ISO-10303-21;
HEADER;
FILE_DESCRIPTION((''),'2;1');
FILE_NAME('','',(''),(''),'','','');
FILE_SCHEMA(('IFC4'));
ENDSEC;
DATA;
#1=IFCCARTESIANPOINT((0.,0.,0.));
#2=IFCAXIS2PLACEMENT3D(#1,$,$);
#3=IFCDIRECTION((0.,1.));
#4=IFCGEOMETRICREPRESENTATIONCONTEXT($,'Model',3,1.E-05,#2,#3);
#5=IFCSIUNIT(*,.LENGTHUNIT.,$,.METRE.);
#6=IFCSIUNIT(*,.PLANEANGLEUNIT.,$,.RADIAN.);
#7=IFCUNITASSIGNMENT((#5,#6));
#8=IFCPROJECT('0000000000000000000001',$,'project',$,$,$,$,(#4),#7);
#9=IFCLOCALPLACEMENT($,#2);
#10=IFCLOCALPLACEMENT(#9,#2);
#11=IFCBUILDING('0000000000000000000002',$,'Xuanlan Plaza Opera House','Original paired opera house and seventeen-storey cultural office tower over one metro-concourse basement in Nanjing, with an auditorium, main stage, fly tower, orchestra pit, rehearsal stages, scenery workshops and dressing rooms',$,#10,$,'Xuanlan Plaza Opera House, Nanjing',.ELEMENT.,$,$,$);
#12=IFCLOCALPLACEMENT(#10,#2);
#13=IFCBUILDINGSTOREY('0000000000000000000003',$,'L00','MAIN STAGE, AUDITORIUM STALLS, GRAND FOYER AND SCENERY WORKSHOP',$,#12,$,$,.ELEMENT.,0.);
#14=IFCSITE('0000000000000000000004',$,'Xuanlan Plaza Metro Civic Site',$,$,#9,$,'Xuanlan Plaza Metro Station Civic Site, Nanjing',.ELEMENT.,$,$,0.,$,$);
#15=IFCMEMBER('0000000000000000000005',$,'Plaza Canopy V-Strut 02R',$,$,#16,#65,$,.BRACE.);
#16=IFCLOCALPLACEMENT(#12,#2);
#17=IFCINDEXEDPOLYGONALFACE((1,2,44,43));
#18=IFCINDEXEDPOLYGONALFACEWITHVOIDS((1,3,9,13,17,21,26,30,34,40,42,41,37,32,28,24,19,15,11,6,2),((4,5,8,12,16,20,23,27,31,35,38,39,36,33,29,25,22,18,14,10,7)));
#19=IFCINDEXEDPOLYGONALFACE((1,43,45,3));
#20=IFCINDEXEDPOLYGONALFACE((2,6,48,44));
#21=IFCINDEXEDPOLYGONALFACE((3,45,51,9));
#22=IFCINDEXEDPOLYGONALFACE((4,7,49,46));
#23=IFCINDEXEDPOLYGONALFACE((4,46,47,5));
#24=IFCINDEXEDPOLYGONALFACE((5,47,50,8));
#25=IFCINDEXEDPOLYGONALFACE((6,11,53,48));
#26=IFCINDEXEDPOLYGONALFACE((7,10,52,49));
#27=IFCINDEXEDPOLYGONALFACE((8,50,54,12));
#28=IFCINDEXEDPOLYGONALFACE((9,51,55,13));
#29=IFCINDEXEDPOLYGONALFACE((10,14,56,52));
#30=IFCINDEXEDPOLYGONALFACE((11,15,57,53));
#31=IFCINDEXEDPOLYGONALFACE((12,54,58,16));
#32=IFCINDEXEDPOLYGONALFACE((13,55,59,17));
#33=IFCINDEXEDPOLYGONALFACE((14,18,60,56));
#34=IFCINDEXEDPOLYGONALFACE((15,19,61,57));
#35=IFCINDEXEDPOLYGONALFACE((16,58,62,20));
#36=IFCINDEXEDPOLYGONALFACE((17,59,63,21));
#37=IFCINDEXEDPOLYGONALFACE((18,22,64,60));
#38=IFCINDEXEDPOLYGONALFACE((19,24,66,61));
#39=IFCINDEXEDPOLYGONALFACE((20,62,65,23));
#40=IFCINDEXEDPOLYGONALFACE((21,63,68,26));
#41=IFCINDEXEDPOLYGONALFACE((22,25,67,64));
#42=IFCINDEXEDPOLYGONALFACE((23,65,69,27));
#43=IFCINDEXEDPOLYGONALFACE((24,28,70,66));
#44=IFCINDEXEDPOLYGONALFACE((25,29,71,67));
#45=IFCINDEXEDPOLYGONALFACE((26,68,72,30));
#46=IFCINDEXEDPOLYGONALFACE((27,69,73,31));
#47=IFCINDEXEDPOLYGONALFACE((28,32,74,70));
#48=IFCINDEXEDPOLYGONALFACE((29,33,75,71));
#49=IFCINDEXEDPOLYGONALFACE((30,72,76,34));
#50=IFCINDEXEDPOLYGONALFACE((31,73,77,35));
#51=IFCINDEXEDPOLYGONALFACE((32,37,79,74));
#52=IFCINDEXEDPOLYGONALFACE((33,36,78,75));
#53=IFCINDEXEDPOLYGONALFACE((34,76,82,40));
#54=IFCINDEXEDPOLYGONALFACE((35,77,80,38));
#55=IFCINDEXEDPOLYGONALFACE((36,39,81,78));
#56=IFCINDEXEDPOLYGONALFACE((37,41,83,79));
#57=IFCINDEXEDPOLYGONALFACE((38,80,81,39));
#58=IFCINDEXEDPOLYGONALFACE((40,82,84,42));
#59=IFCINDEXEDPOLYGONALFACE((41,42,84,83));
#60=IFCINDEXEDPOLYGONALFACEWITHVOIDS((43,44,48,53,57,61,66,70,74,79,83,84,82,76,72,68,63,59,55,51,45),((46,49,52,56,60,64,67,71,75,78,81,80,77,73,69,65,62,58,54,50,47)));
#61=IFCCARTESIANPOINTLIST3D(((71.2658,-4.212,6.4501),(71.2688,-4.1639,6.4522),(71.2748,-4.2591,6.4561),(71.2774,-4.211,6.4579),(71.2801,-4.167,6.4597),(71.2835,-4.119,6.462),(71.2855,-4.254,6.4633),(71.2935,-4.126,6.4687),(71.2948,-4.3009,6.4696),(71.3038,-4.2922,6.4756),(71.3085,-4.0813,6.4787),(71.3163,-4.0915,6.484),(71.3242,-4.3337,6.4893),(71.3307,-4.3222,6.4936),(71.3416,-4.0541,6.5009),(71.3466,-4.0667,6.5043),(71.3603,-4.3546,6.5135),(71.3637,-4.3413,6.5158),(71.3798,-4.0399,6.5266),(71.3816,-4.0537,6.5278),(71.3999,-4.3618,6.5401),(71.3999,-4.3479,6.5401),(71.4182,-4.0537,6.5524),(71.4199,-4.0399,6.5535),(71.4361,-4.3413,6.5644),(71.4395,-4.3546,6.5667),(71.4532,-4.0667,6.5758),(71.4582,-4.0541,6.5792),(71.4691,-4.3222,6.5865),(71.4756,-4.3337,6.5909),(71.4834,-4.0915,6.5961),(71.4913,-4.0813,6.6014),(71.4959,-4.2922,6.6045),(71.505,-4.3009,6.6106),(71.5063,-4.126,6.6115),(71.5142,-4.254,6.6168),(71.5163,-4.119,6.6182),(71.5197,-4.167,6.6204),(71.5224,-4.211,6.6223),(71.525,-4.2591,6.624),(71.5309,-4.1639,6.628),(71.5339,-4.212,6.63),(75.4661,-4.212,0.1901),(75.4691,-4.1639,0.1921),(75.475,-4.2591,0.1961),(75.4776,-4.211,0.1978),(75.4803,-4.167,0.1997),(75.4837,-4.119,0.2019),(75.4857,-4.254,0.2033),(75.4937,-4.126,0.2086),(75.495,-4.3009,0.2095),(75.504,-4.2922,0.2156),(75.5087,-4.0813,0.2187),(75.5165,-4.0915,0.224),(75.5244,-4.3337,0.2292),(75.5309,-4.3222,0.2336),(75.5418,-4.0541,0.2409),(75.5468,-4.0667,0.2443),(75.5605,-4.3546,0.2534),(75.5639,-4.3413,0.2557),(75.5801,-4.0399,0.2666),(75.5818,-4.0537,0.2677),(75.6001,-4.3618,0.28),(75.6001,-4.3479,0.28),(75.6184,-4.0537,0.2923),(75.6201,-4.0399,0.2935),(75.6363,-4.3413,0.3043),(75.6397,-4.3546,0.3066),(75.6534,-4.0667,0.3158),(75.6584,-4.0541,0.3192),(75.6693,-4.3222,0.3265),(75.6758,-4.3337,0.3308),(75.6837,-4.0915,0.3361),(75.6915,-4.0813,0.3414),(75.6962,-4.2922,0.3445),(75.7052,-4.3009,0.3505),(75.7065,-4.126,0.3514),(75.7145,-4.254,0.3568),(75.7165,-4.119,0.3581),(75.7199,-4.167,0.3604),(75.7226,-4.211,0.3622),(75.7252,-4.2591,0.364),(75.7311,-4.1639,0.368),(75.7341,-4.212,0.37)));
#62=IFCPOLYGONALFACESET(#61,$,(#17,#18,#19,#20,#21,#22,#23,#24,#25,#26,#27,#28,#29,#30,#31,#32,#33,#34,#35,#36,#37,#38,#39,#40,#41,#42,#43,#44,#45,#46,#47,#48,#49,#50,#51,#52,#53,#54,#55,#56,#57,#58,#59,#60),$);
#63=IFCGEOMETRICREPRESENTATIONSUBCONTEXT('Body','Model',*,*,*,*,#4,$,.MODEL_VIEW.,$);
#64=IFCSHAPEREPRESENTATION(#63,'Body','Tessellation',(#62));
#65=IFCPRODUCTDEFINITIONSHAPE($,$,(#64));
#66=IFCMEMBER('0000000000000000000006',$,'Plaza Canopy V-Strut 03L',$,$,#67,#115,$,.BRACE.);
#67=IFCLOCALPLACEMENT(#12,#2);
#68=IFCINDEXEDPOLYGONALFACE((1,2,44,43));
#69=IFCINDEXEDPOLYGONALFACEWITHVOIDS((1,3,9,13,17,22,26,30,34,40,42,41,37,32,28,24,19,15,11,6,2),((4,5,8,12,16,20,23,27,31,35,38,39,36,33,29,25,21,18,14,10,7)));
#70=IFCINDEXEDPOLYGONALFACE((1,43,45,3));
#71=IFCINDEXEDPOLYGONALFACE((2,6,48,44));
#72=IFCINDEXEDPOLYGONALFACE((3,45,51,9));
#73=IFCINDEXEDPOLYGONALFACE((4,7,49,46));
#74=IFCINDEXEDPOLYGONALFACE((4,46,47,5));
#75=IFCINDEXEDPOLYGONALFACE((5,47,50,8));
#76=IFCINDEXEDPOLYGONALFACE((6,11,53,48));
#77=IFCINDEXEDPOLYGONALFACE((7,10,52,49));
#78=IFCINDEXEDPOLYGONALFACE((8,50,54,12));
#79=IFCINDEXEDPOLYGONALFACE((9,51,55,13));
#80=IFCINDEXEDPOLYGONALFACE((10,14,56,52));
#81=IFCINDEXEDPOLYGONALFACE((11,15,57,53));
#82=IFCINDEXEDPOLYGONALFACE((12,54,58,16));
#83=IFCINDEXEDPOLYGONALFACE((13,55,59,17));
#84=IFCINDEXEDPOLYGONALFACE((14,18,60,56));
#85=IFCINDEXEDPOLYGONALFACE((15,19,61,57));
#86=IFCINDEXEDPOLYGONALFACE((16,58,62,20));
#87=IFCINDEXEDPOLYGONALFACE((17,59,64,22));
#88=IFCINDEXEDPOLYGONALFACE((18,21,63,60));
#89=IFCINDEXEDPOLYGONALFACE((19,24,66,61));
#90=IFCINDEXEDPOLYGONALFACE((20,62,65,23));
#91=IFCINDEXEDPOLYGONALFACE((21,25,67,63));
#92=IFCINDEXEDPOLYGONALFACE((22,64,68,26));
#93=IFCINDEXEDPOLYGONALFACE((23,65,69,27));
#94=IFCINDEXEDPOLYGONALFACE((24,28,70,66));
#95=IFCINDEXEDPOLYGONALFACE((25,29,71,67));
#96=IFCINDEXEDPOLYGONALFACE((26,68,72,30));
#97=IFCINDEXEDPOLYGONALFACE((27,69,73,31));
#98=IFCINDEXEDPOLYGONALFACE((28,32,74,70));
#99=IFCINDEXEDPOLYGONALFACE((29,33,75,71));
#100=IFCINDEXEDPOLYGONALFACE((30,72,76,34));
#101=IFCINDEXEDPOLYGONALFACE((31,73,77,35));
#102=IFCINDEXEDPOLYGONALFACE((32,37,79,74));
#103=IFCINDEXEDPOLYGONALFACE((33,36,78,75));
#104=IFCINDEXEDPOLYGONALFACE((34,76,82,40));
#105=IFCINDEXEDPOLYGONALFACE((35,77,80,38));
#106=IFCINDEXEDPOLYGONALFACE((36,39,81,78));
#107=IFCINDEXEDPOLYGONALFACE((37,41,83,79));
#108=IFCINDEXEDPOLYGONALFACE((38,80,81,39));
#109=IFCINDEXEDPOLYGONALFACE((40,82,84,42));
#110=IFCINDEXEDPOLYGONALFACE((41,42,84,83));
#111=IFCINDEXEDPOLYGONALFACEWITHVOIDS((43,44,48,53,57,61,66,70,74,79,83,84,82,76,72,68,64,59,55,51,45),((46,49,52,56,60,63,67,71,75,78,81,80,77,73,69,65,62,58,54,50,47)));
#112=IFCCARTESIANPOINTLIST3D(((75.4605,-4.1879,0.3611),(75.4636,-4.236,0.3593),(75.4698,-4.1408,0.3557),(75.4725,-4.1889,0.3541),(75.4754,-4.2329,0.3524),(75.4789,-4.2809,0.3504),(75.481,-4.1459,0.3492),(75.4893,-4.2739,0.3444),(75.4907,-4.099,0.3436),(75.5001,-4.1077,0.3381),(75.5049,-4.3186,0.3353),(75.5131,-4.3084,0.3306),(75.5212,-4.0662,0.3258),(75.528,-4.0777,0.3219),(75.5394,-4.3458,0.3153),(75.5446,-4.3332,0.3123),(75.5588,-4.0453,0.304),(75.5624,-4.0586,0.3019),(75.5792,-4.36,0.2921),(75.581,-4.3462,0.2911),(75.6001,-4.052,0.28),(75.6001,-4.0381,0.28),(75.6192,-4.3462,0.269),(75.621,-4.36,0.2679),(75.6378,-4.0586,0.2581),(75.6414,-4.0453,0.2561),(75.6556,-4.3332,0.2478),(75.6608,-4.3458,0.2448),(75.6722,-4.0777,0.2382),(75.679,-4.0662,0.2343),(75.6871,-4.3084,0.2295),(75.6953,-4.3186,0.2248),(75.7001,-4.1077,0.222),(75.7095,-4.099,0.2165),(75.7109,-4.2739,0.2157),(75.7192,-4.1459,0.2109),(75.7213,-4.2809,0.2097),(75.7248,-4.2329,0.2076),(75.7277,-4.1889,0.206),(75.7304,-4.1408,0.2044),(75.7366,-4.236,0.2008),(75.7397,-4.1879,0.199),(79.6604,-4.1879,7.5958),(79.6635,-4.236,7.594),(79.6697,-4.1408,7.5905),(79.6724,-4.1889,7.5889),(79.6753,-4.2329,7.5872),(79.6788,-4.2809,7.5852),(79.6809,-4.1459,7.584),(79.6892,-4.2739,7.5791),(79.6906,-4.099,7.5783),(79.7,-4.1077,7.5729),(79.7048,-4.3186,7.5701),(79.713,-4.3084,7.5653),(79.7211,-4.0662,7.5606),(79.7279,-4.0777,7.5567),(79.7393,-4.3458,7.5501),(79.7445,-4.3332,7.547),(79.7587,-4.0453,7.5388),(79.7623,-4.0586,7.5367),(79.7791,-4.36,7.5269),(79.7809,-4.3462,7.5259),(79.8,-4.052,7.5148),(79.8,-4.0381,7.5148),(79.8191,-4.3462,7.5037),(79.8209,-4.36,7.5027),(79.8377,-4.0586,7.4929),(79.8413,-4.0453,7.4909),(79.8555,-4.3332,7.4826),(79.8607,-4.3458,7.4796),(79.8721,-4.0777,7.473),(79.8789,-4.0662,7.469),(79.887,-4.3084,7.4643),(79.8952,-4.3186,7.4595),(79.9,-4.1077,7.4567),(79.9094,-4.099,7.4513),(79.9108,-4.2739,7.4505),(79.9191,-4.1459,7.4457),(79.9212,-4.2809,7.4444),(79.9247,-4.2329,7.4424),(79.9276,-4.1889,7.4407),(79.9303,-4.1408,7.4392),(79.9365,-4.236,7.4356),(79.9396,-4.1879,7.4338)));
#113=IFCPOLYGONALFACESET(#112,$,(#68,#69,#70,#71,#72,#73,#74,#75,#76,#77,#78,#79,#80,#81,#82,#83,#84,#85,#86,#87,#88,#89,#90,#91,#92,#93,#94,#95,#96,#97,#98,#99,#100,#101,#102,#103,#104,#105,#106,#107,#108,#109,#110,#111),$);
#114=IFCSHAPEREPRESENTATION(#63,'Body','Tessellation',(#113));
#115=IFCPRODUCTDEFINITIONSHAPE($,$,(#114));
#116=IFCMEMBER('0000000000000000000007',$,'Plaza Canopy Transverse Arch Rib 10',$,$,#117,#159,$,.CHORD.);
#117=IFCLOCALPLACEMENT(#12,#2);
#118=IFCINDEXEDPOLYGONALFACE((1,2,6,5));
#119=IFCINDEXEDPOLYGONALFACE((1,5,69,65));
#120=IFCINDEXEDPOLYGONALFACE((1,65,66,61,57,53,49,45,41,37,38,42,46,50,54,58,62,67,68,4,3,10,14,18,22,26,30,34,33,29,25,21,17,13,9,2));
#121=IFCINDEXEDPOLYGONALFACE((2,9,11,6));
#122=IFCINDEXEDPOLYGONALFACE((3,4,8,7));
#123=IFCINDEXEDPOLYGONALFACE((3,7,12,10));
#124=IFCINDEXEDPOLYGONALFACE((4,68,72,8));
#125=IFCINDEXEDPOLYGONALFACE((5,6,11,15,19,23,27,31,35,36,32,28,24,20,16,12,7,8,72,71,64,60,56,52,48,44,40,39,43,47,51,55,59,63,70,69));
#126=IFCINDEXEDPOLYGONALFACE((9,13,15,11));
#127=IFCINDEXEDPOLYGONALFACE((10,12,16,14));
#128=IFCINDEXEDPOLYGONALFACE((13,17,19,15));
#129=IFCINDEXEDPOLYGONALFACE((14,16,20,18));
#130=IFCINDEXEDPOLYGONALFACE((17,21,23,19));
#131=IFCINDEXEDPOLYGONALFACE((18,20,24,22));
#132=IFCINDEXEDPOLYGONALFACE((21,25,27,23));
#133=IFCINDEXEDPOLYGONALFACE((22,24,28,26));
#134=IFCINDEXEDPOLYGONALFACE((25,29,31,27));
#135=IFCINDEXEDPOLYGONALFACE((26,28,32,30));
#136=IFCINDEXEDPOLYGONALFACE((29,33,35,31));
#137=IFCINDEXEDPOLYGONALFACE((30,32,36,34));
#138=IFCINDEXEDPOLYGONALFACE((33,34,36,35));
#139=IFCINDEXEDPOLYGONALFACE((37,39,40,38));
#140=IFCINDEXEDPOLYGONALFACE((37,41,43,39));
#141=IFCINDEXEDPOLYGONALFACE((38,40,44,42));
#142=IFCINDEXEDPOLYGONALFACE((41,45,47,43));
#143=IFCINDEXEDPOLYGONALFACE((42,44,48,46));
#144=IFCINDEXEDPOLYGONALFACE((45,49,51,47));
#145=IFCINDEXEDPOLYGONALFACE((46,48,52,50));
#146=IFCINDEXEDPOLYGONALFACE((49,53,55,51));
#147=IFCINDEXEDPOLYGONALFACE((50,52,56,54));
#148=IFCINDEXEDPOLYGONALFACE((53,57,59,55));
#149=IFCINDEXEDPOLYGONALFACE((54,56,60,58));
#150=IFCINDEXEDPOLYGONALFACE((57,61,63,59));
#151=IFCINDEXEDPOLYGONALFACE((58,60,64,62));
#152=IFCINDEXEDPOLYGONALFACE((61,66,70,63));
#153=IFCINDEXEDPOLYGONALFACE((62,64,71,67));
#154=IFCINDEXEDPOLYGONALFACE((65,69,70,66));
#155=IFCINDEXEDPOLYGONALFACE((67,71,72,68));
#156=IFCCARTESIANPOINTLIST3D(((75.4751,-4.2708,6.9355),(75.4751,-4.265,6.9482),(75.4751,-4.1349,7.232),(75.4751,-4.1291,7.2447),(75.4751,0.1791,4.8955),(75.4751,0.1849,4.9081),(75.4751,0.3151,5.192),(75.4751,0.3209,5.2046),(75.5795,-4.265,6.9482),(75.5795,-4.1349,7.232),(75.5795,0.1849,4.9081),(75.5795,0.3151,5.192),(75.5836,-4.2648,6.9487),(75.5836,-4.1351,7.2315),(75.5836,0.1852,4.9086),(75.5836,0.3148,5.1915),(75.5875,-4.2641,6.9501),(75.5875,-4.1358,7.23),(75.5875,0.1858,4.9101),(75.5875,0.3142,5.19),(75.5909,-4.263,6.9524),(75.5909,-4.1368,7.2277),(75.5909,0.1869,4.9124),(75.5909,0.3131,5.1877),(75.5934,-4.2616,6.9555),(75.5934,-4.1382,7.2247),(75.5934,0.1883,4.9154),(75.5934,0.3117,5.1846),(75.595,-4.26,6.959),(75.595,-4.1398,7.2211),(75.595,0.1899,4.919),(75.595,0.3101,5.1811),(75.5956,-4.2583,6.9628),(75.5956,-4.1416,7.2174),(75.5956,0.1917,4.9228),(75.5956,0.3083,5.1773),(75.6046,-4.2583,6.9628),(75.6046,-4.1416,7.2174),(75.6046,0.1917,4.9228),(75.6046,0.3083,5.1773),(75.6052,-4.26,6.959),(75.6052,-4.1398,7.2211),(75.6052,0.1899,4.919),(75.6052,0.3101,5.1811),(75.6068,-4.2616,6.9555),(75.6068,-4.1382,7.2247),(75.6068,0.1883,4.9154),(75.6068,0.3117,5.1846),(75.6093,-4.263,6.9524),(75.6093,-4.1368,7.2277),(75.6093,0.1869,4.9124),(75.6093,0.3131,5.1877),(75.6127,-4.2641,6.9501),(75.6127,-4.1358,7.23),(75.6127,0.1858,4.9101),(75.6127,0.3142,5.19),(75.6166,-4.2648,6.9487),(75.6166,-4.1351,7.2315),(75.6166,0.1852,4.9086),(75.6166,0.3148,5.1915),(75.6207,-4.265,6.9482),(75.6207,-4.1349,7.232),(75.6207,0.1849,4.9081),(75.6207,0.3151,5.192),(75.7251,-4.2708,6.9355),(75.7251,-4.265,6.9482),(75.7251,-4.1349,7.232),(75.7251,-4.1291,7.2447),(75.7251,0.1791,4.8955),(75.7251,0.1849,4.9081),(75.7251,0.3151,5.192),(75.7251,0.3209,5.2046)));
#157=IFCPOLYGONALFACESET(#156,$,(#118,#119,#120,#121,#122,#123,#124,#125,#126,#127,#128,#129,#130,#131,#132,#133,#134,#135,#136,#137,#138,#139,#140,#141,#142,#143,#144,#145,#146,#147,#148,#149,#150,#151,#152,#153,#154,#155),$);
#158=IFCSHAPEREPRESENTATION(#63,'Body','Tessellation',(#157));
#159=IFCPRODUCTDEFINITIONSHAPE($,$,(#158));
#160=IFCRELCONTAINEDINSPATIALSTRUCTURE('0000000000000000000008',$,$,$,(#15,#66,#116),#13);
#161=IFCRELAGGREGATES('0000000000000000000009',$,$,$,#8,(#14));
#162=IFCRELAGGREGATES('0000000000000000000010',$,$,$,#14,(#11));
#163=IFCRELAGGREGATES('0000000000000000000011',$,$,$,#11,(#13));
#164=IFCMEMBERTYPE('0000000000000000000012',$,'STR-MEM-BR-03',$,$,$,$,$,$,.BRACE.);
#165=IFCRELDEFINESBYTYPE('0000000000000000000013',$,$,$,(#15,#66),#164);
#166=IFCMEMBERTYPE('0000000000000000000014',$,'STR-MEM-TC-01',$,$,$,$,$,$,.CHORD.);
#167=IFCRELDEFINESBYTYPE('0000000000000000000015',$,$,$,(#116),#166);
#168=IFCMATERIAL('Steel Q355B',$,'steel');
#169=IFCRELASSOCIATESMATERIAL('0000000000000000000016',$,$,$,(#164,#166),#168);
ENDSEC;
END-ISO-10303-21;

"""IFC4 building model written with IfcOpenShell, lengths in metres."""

from ifc_helpers import new_model, si_unit, direction, frame, origin, origin_2d, place, context, subcontext, project, spatial, hollow_circle, i_section, extrude, material, material_profile, profile_set, type_object, element, save


model = new_model("IFC4")

# Units and contexts
model_context = context("Model", 3, precision=1e-05, world=origin(), true_north=direction((0.0, 1.0)))
body_context = subcontext(model_context, "Body", "Model", "MODEL_VIEW")
ifc_project = project(units=[si_unit("LENGTHUNIT", "METRE"), si_unit("PLANEANGLEUNIT", "RADIAN")], contexts=[model_context])

# Site, building, storey
site_placement = place(None, origin())
site = spatial("IfcSite", under=ifc_project, at=site_placement, Name="Xuanlan Plaza Metro Civic Site", LongName="Xuanlan Plaza Metro Station Civic Site, Nanjing", CompositionType="ELEMENT", RefElevation=0.0)
building_placement = place(site_placement, origin())
building = spatial("IfcBuilding", under=site, at=building_placement, Name="Xuanlan Plaza Opera House", Description="Original paired opera house and seventeen-storey cultural office tower over one metro-concourse basement in Nanjing, with an auditorium, main stage, fly tower, orchestra pit, rehearsal stages, scenery workshops and dressing rooms", LongName="Xuanlan Plaza Opera House, Nanjing", CompositionType="ELEMENT")
storey_placement = place(building_placement, origin())
storey = spatial("IfcBuildingStorey", under=building, at=storey_placement, Name="L00", Description="MAIN STAGE, AUDITORIUM STALLS, GRAND FOYER AND SCENERY WORKSHOP", CompositionType="ELEMENT", Elevation=0.0)

# Members
ifc_material_1 = material(Name="Steel Q355B", Category="steel")
ifc_material_profile_1 = material_profile(ifc_material_1, hollow_circle(Radius=0.1619, WallThickness=0.0139, at=origin_2d()), Name="CHS 323.9x14")
ifc_profile_set_1 = profile_set([ifc_material_profile_1], Name="Steel Q355B")
member_type_1 = type_object("IfcMemberType", Name="STR-MEM-BR-03", PredefinedType="BRACE", material=ifc_profile_set_1)
member_1_placement = place(storey_placement, frame((75.6001, -4.2, 0.28), z_axis=(-0.557164, 0.0, 0.830402), x_axis=(0.0, -1.0, 0.0)))
element("IfcMember", 1, at=member_1_placement, inside=storey, type_object=member_type_1, Name="Plaza Canopy V-Strut 02R", PredefinedType="BRACE", context=body_context, shape_type="SweptSolid", body=[
    extrude(hollow_circle(Radius=0.1619, WallThickness=0.0139, at=origin_2d()), origin(), (0.0, 0.0, 1.0), 7.5386),
])
member_2_placement = place(storey_placement, frame((75.6001, -4.2, 0.28), z_axis=(0.502052, 0.0, 0.864838), x_axis=(0.0, 1.0, 0.0)))
element("IfcMember", 2, at=member_2_placement, inside=storey, type_object=member_type_1, Name="Plaza Canopy V-Strut 03L", PredefinedType="BRACE", context=body_context, shape_type="SweptSolid", body=[
    extrude(hollow_circle(Radius=0.1619, WallThickness=0.0139, at=origin_2d()), origin(), (0.0, 0.0, 1.0), 8.3655),
])
ifc_material_profile_2 = material_profile(ifc_material_1, i_section(OverallWidth=0.25, OverallDepth=0.3401, WebThickness=0.009, FlangeThickness=0.0139, FilletRadius=0.0161, at=origin_2d()), Name="HM 340x250x9x14")
ifc_profile_set_2 = profile_set([ifc_material_profile_2], Name="Steel Q355B")
member_type_2 = type_object("IfcMemberType", Name="STR-MEM-TC-01", PredefinedType="CHORD", material=ifc_profile_set_2)
member_3_placement = place(storey_placement, frame((75.6001, 0.25, 5.05), z_axis=(0.0, -0.909028, 0.416735), x_axis=(1.0, 0.0, 0.0)))
element("IfcMember", 3, at=member_3_placement, inside=storey, type_object=member_type_2, Name="Plaza Canopy Transverse Arch Rib 10", PredefinedType="CHORD", context=body_context, shape_type="SweptSolid", body=[
    extrude(i_section(OverallWidth=0.25, OverallDepth=0.3401, WebThickness=0.009, FlangeThickness=0.0139, FilletRadius=0.0161, at=origin_2d()), origin(), (0.0, 0.0, 1.0), 4.8953),
])

save(model, "model.ifc")
